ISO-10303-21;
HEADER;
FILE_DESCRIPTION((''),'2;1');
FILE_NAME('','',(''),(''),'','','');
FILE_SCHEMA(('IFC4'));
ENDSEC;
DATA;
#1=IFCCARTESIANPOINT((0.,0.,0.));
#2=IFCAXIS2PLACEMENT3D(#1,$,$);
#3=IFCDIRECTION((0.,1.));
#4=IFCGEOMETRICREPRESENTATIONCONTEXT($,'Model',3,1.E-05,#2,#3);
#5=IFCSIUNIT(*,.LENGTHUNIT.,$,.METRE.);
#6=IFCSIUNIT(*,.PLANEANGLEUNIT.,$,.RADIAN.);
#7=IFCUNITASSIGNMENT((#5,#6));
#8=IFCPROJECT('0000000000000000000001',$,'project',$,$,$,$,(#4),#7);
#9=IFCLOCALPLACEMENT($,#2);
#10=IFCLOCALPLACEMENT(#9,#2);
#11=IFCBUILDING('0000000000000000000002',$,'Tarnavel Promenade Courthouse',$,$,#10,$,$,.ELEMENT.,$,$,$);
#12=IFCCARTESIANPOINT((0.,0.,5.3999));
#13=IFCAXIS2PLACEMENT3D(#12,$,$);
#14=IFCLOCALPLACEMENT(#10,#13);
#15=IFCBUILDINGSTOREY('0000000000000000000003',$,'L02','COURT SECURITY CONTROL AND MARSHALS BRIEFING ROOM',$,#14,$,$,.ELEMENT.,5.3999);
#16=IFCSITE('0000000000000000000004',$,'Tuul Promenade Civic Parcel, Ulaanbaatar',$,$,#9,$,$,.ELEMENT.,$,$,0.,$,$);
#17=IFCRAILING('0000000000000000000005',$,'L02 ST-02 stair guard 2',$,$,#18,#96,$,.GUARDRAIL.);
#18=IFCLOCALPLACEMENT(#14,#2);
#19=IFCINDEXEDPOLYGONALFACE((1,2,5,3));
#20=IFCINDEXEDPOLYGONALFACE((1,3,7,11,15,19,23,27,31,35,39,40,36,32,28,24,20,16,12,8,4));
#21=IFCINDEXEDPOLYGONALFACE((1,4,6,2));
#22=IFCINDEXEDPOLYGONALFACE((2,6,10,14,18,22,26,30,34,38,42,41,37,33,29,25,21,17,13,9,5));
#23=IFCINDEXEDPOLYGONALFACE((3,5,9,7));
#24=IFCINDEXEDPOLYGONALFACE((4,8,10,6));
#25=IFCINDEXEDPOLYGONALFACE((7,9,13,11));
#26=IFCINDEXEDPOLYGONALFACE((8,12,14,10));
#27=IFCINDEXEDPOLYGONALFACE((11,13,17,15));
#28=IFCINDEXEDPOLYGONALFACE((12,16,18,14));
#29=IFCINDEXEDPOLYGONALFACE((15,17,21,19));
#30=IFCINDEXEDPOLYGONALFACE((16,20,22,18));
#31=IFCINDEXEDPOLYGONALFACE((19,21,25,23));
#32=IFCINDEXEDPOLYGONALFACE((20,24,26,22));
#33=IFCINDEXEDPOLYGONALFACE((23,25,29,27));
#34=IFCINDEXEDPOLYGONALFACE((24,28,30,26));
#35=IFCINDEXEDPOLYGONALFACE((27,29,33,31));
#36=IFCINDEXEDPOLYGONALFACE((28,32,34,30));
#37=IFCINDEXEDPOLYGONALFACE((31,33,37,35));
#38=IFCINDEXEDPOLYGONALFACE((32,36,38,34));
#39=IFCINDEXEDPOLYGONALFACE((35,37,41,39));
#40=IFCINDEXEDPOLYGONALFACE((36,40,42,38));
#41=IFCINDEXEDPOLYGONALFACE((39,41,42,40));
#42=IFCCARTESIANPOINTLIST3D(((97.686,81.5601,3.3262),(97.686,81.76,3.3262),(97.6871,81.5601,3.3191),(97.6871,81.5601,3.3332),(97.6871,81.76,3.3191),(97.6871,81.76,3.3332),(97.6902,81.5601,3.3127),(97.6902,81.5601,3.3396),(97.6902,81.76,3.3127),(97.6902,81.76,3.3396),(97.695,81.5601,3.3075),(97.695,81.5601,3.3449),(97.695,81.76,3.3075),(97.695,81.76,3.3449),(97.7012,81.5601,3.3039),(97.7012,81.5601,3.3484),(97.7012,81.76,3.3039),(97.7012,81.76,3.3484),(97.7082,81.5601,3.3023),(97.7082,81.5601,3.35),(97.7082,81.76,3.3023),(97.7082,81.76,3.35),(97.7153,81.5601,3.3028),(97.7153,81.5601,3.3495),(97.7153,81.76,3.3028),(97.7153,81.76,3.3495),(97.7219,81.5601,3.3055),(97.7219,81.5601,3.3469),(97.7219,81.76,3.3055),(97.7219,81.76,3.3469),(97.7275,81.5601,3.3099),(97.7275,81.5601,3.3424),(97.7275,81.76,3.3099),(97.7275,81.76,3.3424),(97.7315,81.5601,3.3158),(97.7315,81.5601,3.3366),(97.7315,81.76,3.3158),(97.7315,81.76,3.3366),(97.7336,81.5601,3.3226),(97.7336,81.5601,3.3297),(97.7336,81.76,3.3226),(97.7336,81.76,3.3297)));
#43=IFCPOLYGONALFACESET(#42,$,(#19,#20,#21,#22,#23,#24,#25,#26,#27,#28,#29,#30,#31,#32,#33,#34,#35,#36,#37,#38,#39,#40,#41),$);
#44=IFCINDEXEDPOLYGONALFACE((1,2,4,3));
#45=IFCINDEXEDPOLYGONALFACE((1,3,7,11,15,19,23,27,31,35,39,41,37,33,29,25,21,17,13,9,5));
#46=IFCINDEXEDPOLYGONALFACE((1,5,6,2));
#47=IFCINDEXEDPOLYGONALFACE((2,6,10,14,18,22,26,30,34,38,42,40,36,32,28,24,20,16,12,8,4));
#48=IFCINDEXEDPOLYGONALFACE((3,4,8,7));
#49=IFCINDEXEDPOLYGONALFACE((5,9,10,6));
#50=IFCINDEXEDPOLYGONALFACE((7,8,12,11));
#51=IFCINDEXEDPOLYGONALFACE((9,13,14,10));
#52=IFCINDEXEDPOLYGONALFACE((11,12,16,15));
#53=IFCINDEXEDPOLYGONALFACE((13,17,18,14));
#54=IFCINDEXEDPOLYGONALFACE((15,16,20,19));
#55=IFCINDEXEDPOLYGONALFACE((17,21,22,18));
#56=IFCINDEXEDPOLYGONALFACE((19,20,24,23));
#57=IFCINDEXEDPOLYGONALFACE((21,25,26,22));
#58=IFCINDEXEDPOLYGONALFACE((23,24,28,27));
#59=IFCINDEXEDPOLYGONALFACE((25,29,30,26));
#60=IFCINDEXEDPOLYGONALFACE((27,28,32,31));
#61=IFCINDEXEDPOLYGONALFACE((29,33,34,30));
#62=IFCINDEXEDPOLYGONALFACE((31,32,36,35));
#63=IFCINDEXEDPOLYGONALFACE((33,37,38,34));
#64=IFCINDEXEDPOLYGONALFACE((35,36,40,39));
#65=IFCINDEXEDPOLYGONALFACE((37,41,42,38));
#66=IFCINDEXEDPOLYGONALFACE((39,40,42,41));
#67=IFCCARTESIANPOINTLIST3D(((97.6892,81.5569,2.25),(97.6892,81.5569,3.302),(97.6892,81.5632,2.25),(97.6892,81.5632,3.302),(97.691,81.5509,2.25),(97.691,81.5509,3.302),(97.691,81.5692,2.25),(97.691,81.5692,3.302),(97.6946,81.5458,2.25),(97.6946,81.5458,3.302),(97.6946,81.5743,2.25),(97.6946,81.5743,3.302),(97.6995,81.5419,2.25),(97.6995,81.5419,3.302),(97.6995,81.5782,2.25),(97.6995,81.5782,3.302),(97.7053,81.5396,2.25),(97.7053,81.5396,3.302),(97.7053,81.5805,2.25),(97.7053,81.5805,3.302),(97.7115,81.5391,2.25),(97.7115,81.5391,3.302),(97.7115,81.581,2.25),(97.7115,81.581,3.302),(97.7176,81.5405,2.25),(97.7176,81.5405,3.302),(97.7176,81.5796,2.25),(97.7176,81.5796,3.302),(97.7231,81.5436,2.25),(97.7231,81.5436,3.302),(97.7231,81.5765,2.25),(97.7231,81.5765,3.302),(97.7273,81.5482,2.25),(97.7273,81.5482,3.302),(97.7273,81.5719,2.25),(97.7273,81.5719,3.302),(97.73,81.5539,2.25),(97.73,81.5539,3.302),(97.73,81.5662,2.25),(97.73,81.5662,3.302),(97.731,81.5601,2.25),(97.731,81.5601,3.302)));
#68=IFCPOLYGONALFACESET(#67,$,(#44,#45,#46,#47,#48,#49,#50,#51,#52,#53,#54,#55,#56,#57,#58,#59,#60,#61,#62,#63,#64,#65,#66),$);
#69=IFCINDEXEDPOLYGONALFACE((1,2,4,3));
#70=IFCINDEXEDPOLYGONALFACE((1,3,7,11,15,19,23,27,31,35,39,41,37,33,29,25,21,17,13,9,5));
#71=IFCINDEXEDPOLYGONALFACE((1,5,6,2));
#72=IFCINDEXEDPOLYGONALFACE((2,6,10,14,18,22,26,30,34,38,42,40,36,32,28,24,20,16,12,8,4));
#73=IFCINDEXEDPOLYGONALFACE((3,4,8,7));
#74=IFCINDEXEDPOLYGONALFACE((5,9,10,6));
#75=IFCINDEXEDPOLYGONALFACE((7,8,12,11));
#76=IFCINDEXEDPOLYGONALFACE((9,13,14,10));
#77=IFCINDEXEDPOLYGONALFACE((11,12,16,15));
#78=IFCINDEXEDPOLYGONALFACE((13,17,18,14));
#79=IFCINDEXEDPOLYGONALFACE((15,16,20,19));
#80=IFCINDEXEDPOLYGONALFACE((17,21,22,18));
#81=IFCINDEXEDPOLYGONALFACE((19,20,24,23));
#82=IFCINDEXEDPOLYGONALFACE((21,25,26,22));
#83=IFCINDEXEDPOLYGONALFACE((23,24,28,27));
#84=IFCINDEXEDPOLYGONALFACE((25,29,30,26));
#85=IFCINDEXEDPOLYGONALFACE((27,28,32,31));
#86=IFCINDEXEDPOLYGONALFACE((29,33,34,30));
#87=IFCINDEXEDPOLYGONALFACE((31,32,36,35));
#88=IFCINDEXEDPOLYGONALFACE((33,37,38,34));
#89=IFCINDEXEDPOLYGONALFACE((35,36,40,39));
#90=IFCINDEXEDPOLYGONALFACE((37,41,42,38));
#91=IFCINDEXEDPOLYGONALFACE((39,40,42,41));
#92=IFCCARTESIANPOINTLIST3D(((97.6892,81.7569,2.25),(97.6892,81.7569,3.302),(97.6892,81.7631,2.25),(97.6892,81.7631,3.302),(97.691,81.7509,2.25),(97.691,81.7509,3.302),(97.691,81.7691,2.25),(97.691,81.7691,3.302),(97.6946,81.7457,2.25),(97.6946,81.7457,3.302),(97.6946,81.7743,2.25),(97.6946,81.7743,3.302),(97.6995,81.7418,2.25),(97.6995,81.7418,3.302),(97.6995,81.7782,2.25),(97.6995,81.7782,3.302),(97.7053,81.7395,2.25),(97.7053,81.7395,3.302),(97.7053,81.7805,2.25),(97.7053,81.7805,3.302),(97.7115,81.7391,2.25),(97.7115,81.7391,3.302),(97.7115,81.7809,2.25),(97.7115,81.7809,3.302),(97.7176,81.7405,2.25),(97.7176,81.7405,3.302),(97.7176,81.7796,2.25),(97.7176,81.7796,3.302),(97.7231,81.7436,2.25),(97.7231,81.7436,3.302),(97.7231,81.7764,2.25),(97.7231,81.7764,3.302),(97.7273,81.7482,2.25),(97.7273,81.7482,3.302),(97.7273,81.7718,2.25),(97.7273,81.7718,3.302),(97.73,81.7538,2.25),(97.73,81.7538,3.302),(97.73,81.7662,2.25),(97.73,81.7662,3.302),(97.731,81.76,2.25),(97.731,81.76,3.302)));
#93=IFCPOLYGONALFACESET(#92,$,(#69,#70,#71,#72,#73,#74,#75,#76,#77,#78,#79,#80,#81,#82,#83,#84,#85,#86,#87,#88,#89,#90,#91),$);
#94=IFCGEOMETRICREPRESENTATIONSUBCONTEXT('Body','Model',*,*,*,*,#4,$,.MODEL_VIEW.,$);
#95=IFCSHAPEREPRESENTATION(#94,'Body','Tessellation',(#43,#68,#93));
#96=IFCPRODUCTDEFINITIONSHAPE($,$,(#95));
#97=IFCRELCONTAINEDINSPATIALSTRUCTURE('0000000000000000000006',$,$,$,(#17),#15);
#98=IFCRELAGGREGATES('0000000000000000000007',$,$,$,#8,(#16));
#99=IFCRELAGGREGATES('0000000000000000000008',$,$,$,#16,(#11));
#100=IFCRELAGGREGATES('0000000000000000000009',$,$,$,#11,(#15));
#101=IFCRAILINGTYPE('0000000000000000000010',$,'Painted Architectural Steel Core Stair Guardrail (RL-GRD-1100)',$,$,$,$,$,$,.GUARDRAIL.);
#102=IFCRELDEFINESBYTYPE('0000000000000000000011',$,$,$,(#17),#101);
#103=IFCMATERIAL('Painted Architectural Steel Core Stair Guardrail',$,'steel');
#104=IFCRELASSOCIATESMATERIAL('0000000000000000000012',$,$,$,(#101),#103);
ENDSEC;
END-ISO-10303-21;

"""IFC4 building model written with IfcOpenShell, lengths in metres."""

from ifc_helpers import new_model, si_unit, direction, frame, origin, origin_2d, place, context, subcontext, project, spatial, circle, extrude, material, type_object, element, save


model = new_model("IFC4")

# Units and contexts
model_context = context("Model", 3, precision=1e-05, world=origin(), true_north=direction((0.0, 1.0)))
body_context = subcontext(model_context, "Body", "Model", "MODEL_VIEW")
ifc_project = project(units=[si_unit("LENGTHUNIT", "METRE"), si_unit("PLANEANGLEUNIT", "RADIAN")], contexts=[model_context])

# Site, building, storey
site_placement = place(None, origin())
site = spatial("IfcSite", under=ifc_project, at=site_placement, Name="Tuul Promenade Civic Parcel, Ulaanbaatar", CompositionType="ELEMENT", RefElevation=0.0)
building_placement = place(site_placement, origin())
building = spatial("IfcBuilding", under=site, at=building_placement, Name="Tarnavel Promenade Courthouse", CompositionType="ELEMENT")
storey_placement = place(building_placement, frame((0.0, 0.0, 5.3999)))
storey = spatial("IfcBuildingStorey", under=building, at=storey_placement, Name="L02", Description="COURT SECURITY CONTROL AND MARSHALS BRIEFING ROOM", CompositionType="ELEMENT", Elevation=5.3999)

# Railing
ifc_material_1 = material(Name="Painted Architectural Steel Core Stair Guardrail", Category="steel")
railing_type_1 = type_object("IfcRailingType", Name="Painted Architectural Steel Core Stair Guardrail (RL-GRD-1100)", PredefinedType="GUARDRAIL", material=ifc_material_1)
railing_1_placement = place(storey_placement, frame((97.71, 81.5601, 2.25)))
element("IfcRailing", 1, at=railing_1_placement, inside=storey, type_object=railing_type_1, Name="L02 ST-02 stair guard 2", PredefinedType="GUARDRAIL", context=body_context, shape_type="SweptSolid", body=[
    extrude(circle(Radius=0.0239, at=origin_2d()), frame((0.0, 0.0, 1.0762), z_axis=(0.0, 1.0, 0.0), x_axis=(-1.0, 0.0, 0.0)), (0.0, 0.0, 1.0), 0.2),
    extrude(circle(Radius=0.021, at=origin_2d()), origin(), (0.0, 0.0, 1.0), 1.052),
    extrude(circle(Radius=0.021, at=origin_2d()), frame((0.0, 0.2, 0.0)), (0.0, 0.0, 1.0), 1.052),
])

save(model, "model.ifc")
